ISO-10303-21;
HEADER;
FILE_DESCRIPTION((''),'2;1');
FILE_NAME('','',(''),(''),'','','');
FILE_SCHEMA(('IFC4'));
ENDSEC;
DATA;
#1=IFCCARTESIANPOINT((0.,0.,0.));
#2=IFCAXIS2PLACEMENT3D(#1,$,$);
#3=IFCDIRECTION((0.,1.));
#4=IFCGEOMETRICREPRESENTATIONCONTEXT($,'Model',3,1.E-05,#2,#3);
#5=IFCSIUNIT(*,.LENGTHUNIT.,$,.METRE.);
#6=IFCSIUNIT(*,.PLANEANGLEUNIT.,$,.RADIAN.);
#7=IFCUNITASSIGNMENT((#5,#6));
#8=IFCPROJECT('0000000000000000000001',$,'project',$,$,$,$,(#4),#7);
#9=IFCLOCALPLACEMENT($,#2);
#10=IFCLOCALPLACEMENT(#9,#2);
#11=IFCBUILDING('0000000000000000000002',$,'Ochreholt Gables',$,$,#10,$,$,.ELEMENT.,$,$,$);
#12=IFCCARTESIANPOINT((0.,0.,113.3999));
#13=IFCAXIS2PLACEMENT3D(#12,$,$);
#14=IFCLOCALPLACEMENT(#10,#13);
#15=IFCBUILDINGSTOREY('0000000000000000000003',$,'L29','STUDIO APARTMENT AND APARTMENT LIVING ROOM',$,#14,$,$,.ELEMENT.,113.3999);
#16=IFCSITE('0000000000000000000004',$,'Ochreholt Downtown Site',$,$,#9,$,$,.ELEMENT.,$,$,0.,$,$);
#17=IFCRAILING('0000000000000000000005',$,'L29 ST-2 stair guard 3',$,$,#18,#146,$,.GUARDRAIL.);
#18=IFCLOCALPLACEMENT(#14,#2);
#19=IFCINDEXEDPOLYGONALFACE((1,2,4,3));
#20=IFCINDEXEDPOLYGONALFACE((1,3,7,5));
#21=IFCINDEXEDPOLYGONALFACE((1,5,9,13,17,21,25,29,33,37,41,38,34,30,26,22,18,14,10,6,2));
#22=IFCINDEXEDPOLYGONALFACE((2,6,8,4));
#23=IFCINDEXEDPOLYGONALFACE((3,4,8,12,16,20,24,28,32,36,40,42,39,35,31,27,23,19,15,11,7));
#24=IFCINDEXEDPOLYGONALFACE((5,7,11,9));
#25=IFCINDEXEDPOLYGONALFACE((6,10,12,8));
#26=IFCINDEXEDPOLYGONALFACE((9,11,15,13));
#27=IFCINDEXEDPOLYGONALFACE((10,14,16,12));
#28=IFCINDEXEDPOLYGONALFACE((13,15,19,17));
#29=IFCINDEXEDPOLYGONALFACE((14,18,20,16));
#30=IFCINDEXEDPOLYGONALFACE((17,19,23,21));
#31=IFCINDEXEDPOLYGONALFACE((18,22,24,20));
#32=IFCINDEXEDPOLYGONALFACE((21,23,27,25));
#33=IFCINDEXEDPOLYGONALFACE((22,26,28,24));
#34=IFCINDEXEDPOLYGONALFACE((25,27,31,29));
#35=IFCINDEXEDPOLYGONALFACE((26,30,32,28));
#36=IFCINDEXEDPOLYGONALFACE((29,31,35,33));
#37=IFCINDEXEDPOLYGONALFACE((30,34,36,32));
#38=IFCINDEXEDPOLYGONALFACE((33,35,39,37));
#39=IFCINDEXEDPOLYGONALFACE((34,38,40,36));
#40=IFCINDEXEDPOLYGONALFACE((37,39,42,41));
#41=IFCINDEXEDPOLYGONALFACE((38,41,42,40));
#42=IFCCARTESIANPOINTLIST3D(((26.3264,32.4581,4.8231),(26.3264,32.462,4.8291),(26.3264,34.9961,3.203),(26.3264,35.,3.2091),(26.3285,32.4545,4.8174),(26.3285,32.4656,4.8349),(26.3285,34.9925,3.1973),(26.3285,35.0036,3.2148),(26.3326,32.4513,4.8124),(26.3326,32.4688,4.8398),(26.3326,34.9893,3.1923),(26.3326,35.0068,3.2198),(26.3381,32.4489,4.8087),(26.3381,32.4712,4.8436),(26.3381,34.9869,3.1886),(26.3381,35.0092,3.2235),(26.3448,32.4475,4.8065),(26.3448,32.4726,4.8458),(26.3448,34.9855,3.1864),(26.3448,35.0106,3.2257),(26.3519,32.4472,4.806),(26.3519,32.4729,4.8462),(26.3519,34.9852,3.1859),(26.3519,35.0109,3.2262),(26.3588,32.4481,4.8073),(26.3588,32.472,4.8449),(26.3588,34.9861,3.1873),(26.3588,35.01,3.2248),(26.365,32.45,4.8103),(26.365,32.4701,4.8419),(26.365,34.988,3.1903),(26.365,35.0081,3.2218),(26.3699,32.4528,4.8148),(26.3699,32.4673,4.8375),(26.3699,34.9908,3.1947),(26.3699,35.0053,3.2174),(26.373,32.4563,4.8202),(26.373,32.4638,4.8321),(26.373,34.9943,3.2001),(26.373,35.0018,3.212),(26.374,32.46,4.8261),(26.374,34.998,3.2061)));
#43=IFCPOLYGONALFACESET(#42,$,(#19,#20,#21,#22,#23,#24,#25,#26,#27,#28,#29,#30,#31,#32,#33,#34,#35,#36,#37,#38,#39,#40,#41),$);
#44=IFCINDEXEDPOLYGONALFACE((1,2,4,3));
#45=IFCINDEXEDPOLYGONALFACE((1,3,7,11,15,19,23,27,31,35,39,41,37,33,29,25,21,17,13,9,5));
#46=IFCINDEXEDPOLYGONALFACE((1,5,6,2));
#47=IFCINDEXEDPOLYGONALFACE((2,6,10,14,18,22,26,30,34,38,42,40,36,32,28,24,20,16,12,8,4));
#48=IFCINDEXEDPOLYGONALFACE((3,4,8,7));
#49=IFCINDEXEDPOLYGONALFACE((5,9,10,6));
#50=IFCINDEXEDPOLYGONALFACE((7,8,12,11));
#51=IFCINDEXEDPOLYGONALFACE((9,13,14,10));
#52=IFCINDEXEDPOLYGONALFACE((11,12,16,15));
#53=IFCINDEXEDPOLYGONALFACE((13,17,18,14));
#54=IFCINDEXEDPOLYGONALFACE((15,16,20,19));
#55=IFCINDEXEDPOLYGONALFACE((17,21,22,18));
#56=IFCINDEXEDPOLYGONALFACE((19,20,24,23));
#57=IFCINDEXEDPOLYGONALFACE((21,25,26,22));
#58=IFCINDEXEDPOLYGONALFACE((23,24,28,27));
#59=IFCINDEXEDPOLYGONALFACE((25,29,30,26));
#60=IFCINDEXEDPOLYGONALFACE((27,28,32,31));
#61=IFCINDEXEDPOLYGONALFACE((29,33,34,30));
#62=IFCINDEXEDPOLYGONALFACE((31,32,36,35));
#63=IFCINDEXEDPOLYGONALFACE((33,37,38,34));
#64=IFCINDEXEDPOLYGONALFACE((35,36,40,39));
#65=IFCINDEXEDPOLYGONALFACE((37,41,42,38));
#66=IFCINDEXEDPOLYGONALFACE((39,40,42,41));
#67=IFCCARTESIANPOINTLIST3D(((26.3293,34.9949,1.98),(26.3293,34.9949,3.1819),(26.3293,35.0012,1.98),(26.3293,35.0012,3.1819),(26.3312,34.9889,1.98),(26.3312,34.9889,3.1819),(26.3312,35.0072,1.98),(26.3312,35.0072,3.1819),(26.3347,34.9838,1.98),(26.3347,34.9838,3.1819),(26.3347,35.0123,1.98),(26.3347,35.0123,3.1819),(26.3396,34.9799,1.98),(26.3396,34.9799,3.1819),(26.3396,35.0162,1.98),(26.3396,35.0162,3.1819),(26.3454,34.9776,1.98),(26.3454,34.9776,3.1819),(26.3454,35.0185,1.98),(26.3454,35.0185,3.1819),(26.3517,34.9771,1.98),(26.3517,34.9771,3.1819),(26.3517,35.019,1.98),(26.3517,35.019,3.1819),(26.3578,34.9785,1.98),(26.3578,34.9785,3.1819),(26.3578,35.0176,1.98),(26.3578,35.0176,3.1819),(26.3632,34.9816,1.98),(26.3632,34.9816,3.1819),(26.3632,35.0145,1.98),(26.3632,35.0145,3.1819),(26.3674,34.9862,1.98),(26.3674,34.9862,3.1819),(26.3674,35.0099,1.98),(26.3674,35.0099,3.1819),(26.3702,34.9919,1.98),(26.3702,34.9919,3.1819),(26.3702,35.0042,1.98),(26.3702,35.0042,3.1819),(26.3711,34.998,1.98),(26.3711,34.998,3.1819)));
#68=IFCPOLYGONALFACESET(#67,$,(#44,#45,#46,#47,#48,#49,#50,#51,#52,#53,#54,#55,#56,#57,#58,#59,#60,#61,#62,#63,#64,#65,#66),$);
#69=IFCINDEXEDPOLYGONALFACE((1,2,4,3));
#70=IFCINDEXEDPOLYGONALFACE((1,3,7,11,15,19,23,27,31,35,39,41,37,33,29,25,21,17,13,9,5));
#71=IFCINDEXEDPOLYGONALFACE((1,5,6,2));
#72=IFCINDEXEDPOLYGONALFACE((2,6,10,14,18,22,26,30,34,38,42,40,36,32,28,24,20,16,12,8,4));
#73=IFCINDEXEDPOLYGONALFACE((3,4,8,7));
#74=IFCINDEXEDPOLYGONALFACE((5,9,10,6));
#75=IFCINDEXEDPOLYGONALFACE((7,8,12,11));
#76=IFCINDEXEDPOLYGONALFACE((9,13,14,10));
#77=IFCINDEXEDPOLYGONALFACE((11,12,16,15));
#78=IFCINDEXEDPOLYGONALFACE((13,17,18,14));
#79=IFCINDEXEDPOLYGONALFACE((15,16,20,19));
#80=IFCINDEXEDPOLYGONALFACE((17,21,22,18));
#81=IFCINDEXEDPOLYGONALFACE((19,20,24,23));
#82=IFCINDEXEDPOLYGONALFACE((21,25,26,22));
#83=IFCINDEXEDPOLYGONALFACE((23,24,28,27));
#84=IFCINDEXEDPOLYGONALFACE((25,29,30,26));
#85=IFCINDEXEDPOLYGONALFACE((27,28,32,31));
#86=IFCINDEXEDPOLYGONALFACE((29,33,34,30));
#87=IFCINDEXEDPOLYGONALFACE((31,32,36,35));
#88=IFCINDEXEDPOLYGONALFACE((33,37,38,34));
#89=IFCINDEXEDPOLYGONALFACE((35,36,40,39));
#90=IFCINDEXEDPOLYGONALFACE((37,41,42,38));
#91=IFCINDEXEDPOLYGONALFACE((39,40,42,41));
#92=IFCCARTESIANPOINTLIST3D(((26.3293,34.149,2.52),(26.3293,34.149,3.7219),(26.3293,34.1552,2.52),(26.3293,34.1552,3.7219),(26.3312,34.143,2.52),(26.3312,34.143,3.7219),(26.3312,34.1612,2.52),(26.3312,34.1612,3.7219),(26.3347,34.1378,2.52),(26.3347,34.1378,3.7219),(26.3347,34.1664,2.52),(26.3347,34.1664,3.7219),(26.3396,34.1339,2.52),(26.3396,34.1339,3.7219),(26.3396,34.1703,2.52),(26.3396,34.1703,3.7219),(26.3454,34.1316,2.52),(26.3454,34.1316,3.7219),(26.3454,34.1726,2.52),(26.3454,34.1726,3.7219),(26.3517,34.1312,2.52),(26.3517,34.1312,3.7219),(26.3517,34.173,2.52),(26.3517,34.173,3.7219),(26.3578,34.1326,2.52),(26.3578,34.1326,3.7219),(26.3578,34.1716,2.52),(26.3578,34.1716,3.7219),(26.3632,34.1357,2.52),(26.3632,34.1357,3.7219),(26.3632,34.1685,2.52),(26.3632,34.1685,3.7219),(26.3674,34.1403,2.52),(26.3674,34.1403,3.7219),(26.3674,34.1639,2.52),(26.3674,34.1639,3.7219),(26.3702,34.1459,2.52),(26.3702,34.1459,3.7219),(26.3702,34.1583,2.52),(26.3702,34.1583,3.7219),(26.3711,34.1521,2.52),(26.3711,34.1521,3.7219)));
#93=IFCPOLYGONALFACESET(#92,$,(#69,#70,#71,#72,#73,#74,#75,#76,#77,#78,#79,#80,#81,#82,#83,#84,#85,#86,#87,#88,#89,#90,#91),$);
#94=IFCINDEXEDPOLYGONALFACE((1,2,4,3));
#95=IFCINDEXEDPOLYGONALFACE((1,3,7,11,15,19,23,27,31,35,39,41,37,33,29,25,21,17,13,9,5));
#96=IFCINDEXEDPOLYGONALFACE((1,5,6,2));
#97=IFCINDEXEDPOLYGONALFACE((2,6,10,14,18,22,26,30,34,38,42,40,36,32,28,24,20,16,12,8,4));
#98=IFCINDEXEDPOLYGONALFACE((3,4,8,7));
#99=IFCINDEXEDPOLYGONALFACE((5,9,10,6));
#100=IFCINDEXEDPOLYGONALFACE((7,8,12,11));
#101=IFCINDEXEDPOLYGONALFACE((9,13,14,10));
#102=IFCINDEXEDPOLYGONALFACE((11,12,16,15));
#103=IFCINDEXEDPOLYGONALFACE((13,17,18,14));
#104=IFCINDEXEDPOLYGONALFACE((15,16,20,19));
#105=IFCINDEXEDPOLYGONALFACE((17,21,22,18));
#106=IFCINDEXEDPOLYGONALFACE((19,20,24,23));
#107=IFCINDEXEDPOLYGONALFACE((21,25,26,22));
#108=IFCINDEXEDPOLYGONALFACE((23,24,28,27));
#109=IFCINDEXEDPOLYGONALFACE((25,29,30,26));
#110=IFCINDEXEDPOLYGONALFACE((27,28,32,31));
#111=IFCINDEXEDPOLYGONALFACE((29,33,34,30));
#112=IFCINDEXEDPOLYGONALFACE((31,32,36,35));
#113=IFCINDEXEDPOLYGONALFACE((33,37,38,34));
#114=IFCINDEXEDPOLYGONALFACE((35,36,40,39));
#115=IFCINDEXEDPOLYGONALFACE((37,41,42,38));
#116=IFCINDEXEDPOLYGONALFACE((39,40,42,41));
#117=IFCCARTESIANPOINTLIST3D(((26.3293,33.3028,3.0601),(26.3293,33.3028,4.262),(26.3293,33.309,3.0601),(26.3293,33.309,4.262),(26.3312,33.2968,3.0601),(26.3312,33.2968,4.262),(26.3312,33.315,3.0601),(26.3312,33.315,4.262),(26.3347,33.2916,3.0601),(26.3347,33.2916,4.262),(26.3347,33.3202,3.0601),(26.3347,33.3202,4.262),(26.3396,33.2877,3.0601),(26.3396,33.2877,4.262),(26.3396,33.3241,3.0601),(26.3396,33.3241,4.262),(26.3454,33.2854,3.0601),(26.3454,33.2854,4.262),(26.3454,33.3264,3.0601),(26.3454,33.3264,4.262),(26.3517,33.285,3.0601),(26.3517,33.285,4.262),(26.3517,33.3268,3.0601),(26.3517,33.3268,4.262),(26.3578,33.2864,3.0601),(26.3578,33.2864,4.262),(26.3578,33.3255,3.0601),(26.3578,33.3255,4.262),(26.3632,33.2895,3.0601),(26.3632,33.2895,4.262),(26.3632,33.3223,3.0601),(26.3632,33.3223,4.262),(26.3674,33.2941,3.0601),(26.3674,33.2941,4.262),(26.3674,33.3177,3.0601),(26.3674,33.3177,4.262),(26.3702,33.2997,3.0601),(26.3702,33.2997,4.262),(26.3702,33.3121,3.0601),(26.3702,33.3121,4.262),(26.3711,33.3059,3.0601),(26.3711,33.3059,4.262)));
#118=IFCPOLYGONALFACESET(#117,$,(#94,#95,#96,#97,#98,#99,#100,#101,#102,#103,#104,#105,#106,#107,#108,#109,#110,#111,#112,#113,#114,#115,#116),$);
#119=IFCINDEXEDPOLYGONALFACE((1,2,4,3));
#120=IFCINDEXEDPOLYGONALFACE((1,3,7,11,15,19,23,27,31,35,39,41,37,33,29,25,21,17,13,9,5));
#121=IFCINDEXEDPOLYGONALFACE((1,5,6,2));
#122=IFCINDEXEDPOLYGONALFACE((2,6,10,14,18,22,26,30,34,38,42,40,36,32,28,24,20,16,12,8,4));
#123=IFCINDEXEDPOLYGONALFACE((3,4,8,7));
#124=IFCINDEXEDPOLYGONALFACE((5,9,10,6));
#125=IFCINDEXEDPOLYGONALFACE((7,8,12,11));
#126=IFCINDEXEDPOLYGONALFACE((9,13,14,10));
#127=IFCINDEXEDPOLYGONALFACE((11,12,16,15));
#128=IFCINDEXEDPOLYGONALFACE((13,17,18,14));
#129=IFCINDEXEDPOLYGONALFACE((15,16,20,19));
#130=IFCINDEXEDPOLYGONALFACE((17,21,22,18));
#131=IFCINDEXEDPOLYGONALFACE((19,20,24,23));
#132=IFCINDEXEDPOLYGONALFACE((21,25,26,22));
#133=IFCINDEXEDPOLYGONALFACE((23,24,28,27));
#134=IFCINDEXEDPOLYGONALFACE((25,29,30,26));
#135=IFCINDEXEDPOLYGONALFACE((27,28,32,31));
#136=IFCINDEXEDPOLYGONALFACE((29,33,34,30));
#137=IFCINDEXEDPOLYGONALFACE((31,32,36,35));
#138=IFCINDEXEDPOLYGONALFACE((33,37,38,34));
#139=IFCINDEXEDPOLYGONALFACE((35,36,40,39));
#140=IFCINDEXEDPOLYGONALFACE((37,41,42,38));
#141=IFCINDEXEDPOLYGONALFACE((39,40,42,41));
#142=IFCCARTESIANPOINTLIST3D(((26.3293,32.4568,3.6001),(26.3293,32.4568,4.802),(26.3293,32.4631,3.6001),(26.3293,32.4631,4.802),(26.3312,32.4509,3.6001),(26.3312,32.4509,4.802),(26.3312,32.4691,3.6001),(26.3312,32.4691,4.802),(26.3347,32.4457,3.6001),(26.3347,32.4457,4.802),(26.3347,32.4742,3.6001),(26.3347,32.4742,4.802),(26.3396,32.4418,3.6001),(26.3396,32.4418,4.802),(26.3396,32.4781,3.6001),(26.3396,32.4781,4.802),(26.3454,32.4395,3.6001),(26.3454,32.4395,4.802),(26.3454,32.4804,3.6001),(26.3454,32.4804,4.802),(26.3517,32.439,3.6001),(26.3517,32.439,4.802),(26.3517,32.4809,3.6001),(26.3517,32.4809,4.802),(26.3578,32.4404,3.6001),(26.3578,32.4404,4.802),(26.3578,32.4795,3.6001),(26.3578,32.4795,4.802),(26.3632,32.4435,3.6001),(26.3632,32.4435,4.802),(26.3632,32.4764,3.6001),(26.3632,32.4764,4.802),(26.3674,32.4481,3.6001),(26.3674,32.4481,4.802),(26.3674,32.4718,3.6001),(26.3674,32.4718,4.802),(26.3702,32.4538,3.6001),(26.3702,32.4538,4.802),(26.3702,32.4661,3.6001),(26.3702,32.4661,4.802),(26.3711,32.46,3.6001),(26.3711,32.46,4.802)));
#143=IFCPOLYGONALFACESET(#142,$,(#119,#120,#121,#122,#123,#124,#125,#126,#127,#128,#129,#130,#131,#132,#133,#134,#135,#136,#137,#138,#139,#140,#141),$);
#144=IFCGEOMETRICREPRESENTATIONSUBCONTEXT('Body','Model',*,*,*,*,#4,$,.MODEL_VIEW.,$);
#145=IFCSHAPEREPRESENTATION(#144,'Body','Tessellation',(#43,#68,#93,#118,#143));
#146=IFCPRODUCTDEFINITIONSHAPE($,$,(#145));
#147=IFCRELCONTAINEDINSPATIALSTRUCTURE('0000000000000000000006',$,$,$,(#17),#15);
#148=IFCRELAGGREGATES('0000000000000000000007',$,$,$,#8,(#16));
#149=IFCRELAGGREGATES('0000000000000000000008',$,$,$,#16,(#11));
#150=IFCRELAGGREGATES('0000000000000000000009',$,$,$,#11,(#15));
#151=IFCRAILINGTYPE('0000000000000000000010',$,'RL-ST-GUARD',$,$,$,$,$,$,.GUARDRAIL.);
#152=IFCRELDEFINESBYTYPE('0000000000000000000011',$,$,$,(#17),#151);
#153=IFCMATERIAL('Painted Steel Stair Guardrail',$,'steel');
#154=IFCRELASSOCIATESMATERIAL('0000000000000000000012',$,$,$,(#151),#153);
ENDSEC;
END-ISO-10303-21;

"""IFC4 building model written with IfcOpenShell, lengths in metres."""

from ifc_helpers import new_model, si_unit, direction, frame, origin, origin_2d, place, context, subcontext, project, spatial, circle, extrude, material, type_object, element, save


model = new_model("IFC4")

# Units and contexts
model_context = context("Model", 3, precision=1e-05, world=origin(), true_north=direction((0.0, 1.0)))
body_context = subcontext(model_context, "Body", "Model", "MODEL_VIEW")
ifc_project = project(units=[si_unit("LENGTHUNIT", "METRE"), si_unit("PLANEANGLEUNIT", "RADIAN")], contexts=[model_context])

# Site, building, storey
site_placement = place(None, origin())
site = spatial("IfcSite", under=ifc_project, at=site_placement, Name="Ochreholt Downtown Site", CompositionType="ELEMENT", RefElevation=0.0)
building_placement = place(site_placement, origin())
building = spatial("IfcBuilding", under=site, at=building_placement, Name="Ochreholt Gables", CompositionType="ELEMENT")
storey_placement = place(building_placement, frame((0.0, 0.0, 113.3999)))
storey = spatial("IfcBuildingStorey", under=building, at=storey_placement, Name="L29", Description="STUDIO APARTMENT AND APARTMENT LIVING ROOM", CompositionType="ELEMENT", Elevation=113.3999)

# Railing
ifc_material_1 = material(Name="Painted Steel Stair Guardrail", Category="steel")
railing_type_1 = type_object("IfcRailingType", Name="RL-ST-GUARD", PredefinedType="GUARDRAIL", material=ifc_material_1)
railing_1_placement = place(storey_placement, frame((26.3501, 34.998, 1.98)))
element("IfcRailing", 1, at=railing_1_placement, inside=storey, type_object=railing_type_1, Name="L29 ST-2 stair guard 3", PredefinedType="GUARDRAIL", context=body_context, shape_type="SweptSolid", body=[
    extrude(circle(Radius=0.0239, at=origin_2d()), frame((0.0, 0.0, 1.2261), z_axis=(0.0, -0.842913, 0.53805), x_axis=(1.0, 0.0, 0.0)), (0.0, 0.0, 1.0), 3.011),
    extrude(circle(Radius=0.021, at=origin_2d()), origin(), (0.0, 0.0, 1.0), 1.2019),
    extrude(circle(Radius=0.021, at=origin_2d()), frame((0.0, -0.8459, 0.54)), (0.0, 0.0, 1.0), 1.2019),
    extrude(circle(Radius=0.021, at=origin_2d()), frame((0.0, -1.6921, 1.0801)), (0.0, 0.0, 1.0), 1.2019),
    extrude(circle(Radius=0.021, at=origin_2d()), frame((0.0, -2.5381, 1.6201)), (0.0, 0.0, 1.0), 1.2019),
])

save(model, "model.ifc")
